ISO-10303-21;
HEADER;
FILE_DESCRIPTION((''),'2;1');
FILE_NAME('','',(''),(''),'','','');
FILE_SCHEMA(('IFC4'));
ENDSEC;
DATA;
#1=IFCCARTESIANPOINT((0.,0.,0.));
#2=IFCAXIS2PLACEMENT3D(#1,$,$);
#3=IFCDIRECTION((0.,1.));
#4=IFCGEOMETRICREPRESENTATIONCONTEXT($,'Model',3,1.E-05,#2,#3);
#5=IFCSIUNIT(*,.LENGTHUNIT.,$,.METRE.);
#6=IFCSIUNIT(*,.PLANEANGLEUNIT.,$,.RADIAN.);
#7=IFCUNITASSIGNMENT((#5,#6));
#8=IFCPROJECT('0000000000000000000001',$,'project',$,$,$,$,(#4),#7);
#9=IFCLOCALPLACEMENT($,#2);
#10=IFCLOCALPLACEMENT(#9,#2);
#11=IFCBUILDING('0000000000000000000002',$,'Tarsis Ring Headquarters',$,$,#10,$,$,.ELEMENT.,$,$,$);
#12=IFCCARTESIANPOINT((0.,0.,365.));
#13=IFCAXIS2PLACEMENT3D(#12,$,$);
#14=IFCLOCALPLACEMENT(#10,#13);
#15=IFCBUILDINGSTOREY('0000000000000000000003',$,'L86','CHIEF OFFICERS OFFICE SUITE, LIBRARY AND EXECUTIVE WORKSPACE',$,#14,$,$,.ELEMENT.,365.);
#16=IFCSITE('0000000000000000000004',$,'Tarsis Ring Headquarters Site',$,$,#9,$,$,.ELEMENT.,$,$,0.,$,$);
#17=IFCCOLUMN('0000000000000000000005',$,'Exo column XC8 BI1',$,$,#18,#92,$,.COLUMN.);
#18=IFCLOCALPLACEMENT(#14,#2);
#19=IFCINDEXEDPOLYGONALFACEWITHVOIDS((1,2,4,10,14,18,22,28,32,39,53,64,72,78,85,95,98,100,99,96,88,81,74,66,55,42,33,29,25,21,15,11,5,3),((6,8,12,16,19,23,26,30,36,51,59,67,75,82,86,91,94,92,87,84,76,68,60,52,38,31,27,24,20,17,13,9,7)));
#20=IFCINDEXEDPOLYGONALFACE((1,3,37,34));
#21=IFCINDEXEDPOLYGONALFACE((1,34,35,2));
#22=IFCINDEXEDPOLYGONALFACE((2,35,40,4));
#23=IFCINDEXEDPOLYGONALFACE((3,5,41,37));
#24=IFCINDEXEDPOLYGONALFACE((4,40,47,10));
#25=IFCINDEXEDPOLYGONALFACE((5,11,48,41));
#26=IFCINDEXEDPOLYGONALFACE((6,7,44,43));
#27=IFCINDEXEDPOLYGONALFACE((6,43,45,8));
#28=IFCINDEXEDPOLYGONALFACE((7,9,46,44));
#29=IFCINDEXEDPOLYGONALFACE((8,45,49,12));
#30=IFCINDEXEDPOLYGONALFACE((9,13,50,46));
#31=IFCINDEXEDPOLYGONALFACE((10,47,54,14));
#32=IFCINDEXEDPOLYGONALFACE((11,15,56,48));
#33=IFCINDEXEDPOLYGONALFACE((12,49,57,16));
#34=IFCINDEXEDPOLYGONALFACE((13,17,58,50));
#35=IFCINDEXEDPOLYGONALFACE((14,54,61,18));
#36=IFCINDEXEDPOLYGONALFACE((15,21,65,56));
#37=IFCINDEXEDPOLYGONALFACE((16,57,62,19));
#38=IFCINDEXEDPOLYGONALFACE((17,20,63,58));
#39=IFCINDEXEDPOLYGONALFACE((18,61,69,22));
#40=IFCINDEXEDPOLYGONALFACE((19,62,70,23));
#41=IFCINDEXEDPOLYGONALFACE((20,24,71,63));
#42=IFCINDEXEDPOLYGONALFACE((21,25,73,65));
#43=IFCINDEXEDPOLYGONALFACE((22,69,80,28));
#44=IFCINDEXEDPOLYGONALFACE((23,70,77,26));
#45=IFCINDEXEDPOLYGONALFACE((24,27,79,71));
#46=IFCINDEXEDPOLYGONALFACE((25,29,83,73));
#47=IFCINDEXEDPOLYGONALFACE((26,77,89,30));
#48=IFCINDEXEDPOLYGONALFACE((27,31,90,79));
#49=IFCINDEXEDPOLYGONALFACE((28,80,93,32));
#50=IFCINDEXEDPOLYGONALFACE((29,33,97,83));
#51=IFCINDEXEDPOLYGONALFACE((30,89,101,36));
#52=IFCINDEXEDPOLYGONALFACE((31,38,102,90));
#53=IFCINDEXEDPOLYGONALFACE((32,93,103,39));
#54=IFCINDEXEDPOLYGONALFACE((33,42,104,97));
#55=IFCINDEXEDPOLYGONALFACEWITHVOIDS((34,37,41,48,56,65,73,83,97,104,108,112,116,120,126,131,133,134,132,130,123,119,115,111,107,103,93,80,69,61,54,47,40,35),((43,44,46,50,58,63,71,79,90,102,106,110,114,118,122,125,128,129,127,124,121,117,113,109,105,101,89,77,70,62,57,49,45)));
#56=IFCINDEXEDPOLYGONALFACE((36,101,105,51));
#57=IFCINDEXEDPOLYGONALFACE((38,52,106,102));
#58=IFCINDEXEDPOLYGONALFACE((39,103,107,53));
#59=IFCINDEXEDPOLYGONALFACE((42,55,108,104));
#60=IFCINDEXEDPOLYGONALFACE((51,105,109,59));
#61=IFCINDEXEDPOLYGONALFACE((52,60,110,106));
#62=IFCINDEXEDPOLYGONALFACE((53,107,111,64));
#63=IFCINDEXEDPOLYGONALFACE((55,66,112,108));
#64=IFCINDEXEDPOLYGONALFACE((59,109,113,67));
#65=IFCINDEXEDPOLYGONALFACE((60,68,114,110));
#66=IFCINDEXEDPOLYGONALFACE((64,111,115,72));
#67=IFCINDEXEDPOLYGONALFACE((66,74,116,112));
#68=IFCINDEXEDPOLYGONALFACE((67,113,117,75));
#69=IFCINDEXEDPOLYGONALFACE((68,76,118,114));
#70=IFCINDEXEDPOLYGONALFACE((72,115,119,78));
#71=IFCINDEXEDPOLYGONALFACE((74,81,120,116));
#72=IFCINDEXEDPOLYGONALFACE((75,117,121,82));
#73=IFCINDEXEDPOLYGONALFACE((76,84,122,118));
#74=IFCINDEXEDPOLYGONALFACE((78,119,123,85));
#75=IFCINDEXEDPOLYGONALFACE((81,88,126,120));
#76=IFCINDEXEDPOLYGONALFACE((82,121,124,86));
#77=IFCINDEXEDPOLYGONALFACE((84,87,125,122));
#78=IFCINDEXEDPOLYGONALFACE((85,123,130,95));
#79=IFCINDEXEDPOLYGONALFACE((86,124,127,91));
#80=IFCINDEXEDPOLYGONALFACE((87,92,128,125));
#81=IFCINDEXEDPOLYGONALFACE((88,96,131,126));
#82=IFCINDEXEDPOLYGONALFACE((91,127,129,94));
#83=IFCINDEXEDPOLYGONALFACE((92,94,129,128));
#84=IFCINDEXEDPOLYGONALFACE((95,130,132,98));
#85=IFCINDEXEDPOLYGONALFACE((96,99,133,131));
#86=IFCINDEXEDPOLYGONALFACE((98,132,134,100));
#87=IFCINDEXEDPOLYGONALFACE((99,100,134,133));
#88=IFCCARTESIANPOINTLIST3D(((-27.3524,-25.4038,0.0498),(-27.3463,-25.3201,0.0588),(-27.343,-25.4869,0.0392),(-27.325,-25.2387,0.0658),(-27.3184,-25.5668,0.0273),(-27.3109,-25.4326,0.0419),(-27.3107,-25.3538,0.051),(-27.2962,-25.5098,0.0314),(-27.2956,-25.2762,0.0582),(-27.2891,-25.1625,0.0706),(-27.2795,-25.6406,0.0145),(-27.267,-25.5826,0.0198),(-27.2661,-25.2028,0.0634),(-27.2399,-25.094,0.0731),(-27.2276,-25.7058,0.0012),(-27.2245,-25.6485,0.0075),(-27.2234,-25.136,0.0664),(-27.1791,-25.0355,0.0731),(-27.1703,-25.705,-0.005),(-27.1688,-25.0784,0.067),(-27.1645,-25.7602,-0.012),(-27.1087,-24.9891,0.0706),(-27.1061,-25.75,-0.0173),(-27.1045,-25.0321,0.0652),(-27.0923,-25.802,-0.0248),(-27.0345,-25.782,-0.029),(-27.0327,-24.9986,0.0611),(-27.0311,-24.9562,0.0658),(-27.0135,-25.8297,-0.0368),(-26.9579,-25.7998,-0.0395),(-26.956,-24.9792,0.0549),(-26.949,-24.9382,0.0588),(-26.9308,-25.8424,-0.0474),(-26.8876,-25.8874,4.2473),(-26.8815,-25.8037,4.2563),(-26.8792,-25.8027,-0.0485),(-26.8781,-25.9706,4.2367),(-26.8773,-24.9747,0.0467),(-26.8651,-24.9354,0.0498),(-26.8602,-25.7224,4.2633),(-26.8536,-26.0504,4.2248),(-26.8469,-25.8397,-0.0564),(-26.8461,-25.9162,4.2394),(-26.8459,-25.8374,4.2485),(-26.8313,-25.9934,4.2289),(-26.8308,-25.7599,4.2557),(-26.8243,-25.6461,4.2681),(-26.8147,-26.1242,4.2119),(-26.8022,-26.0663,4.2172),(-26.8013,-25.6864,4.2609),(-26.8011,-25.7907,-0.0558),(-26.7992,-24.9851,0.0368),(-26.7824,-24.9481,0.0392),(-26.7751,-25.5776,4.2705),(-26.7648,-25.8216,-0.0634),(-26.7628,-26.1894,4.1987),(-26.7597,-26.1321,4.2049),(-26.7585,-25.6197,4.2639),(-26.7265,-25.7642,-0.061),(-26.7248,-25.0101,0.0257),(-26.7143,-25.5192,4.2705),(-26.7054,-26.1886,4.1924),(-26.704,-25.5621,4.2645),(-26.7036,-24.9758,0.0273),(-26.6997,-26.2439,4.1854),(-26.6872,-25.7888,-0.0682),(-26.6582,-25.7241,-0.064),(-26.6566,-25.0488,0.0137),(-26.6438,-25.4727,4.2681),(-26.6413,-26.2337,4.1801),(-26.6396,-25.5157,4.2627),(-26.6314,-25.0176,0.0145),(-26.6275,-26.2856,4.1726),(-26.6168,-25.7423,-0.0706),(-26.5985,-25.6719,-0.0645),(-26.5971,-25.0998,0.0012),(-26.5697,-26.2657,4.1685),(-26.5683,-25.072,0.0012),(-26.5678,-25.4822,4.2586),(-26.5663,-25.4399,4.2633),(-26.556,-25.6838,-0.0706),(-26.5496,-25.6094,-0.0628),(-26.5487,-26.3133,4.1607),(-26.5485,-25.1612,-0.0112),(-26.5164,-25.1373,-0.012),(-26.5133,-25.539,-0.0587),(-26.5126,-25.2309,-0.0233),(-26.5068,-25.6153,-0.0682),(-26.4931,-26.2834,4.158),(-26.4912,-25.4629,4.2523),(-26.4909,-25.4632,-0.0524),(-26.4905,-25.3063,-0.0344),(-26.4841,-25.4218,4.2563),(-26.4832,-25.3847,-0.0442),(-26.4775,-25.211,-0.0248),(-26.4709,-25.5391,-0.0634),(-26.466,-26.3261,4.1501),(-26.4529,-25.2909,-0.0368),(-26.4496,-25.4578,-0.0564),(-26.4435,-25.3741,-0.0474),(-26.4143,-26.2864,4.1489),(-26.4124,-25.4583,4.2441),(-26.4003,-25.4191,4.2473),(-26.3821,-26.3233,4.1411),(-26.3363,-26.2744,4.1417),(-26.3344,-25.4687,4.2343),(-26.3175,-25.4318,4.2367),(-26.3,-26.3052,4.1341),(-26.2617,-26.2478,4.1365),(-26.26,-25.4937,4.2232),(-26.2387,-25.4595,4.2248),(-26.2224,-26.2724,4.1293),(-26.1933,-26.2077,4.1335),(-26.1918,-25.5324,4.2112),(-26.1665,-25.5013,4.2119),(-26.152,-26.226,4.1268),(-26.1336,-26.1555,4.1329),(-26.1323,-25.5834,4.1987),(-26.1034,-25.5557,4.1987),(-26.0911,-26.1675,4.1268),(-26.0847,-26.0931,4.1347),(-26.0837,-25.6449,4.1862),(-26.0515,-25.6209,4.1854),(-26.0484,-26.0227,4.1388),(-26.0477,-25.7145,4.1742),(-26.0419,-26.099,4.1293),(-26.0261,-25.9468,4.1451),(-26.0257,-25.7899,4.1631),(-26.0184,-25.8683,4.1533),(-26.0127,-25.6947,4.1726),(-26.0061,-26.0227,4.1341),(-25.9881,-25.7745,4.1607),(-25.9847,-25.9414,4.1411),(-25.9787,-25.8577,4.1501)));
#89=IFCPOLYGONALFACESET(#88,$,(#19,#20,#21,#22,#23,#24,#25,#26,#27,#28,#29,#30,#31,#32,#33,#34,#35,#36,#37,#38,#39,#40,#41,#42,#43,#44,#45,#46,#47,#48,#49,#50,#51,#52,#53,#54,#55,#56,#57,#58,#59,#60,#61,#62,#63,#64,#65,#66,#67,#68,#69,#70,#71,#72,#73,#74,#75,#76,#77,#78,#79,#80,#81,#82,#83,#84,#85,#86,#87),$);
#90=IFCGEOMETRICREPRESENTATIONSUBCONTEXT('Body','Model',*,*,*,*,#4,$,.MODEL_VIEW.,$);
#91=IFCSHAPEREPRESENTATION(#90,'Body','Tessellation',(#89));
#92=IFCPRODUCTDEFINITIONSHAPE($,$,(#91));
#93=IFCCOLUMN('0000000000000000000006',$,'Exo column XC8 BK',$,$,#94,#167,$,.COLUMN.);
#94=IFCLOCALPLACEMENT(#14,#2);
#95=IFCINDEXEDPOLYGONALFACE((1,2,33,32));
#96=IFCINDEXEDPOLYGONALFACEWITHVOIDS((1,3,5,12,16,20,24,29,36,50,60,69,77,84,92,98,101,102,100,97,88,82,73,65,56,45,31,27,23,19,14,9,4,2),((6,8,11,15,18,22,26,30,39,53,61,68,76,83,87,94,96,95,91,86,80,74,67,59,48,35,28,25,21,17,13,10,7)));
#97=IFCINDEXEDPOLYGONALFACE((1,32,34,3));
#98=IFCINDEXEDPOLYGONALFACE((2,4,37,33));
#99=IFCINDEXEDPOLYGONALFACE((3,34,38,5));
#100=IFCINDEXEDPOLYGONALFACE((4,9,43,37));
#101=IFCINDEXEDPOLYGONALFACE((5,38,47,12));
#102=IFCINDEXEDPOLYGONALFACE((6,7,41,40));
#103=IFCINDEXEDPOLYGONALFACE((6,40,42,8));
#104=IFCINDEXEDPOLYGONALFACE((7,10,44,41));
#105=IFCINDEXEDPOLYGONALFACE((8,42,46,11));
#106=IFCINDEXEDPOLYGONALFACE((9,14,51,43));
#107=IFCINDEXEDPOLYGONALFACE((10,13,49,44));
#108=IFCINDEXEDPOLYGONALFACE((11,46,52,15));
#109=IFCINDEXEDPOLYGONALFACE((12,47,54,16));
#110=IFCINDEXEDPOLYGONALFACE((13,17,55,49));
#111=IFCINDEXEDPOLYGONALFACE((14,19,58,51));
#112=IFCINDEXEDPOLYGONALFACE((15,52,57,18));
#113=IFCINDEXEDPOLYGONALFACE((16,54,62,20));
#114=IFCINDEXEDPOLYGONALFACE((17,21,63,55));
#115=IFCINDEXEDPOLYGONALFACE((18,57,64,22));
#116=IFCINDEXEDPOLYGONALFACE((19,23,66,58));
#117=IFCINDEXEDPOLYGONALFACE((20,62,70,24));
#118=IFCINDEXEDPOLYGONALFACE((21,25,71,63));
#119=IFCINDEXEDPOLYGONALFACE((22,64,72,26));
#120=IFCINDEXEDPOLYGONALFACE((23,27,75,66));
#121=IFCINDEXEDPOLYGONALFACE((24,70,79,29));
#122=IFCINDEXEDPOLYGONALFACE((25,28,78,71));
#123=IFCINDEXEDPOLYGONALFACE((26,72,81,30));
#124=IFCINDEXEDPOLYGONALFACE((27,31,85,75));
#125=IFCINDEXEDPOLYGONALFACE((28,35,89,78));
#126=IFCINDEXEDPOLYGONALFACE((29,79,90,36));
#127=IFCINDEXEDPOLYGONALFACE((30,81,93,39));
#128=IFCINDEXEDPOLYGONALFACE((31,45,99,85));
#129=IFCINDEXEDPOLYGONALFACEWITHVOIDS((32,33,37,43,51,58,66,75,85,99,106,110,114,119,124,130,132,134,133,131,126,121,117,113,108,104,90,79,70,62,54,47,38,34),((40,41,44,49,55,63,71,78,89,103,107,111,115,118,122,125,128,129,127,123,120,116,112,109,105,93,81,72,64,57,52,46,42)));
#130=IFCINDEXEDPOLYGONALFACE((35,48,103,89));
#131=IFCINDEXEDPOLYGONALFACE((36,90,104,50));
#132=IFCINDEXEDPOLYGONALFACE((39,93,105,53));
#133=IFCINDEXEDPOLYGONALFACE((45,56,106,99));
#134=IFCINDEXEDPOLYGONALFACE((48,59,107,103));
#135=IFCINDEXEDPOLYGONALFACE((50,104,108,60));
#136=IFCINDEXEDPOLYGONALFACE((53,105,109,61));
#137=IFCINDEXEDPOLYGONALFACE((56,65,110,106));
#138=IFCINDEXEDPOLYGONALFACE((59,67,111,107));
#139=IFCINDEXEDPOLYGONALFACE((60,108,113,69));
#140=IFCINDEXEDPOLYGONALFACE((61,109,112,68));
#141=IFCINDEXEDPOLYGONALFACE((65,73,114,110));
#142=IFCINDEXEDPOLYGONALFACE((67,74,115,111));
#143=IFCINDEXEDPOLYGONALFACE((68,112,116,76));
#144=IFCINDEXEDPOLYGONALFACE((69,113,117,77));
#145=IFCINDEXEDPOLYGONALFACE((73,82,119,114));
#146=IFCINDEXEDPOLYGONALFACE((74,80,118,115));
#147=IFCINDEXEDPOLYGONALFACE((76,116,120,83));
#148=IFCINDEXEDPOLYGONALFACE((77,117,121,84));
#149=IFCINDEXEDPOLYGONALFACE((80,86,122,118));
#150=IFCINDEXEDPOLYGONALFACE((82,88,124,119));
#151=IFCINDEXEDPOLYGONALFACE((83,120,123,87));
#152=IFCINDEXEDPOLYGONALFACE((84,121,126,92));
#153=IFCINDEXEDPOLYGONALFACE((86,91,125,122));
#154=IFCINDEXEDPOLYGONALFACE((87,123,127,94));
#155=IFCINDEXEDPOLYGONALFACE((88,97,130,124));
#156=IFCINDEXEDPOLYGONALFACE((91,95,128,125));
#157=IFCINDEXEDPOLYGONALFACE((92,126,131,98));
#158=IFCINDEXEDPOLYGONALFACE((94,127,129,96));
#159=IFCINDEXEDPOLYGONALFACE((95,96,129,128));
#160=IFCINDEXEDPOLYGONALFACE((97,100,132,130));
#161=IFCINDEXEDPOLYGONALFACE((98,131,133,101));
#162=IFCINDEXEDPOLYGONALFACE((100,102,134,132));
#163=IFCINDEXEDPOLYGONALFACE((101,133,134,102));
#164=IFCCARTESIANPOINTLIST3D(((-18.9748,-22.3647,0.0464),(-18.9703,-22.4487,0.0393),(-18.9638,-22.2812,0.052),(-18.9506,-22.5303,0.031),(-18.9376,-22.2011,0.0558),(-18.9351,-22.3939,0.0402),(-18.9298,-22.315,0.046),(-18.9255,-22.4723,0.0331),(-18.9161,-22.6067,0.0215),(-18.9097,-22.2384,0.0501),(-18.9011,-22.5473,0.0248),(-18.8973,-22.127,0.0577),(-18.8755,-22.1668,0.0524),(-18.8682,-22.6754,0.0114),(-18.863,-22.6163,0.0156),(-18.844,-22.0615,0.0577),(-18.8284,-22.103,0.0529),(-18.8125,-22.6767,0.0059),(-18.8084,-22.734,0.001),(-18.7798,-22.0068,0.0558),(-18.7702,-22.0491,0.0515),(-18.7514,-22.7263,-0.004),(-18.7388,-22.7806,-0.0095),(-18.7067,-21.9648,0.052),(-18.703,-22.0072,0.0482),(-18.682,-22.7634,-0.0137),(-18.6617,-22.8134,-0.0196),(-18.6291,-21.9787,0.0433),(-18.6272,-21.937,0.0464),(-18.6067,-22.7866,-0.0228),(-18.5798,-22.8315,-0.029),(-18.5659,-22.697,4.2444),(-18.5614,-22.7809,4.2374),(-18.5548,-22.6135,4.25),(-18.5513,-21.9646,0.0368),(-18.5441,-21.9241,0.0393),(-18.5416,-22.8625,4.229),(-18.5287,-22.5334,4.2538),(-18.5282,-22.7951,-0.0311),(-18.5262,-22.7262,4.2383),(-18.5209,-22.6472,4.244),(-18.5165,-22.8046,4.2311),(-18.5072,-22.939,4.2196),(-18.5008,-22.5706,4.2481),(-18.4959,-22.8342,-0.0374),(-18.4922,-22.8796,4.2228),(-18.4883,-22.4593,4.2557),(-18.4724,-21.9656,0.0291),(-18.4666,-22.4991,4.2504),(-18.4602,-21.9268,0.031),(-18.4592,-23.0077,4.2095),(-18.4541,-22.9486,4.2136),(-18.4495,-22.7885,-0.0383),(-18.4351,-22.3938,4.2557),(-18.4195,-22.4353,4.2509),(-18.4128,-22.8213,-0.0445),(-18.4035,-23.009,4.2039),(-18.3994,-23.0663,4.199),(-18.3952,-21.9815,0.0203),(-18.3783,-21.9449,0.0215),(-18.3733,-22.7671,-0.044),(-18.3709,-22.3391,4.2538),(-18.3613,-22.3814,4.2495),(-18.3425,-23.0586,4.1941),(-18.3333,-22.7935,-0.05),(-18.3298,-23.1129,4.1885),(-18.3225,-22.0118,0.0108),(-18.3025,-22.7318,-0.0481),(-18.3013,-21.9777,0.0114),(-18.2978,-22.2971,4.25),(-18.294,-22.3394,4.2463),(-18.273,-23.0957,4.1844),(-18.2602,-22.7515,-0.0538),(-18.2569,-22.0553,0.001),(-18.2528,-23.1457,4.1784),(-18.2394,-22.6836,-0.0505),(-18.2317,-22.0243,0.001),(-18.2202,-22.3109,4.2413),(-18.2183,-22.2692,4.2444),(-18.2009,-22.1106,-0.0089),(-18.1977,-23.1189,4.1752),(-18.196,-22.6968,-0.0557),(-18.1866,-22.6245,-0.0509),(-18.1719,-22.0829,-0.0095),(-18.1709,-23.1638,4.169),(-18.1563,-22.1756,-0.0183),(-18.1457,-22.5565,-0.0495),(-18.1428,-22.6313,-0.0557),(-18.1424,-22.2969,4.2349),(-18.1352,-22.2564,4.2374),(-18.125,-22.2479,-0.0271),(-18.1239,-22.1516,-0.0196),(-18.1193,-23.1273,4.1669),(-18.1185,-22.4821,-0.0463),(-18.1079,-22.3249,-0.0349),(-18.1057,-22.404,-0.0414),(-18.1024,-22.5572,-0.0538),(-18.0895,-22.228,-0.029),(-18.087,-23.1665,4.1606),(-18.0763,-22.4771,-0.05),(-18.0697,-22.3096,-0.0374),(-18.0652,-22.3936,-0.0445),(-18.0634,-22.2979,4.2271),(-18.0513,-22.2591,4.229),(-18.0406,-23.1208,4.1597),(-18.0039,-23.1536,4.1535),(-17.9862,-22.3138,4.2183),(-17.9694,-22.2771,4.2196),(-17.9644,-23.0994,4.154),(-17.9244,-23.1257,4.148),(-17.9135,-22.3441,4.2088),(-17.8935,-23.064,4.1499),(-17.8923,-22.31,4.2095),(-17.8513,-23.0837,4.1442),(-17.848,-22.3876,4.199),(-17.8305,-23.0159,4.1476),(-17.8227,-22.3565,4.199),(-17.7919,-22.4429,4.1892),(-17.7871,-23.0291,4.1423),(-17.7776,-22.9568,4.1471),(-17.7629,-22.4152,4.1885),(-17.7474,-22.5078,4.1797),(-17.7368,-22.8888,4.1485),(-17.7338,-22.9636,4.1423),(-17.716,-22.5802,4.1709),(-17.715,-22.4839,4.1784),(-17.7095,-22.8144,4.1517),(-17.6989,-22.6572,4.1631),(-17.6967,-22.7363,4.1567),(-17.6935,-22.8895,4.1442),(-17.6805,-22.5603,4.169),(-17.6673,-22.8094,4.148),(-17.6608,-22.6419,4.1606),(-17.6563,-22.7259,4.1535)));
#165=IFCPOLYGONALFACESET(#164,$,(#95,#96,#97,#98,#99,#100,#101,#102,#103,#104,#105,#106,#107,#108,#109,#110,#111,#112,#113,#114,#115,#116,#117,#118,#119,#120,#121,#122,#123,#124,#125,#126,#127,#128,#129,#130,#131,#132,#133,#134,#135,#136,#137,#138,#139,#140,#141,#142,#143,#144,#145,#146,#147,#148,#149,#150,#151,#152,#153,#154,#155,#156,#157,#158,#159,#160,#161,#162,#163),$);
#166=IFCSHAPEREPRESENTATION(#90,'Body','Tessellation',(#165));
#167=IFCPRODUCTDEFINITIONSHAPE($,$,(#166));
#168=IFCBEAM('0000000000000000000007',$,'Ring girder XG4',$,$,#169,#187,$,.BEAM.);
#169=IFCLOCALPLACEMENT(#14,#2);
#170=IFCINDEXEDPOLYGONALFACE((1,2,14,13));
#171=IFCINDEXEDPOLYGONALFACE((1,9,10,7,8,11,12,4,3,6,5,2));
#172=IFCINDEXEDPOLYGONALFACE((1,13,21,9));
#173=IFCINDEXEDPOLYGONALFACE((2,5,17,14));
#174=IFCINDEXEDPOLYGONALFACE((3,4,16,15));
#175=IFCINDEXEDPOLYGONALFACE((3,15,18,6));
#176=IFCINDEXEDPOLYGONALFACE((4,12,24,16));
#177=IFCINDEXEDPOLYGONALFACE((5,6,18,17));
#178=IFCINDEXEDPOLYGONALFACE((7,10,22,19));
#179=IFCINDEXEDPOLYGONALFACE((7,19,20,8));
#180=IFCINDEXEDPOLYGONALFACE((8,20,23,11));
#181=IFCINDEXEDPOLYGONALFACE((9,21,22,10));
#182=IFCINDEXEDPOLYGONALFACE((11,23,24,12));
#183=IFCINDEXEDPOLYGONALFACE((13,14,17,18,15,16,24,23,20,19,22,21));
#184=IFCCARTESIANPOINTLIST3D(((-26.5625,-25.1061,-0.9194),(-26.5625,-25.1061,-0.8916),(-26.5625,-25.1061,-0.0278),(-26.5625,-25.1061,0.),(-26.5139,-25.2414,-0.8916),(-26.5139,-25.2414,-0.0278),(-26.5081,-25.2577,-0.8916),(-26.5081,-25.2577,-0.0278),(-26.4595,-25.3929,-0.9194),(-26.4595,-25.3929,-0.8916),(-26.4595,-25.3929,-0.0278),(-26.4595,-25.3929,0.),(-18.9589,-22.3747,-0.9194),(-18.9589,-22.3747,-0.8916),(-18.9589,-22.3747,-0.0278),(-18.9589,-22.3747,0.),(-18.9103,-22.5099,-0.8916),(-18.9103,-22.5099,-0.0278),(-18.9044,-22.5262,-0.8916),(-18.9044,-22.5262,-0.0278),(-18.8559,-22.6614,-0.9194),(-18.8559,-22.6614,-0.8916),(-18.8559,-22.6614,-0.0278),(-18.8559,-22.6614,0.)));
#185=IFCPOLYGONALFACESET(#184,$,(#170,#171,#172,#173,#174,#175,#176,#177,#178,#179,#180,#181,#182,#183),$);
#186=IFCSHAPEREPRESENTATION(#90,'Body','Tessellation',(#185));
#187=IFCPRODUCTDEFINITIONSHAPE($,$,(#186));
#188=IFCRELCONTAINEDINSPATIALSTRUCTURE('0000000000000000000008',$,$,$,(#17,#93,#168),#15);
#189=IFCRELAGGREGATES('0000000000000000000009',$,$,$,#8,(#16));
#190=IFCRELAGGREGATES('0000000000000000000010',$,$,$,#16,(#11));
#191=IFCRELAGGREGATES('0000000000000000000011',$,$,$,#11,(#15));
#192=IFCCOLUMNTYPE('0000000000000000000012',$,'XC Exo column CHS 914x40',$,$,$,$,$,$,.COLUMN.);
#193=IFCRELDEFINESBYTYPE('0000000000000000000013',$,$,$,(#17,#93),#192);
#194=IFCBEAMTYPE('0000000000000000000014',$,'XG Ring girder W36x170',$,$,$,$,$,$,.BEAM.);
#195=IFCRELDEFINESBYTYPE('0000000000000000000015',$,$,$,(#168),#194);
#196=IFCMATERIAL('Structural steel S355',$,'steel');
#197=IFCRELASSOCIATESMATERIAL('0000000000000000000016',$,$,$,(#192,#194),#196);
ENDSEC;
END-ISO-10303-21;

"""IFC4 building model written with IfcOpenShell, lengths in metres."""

from ifc_helpers import new_model, si_unit, direction, frame, origin, origin_2d, place, context, subcontext, project, spatial, hollow_circle, i_section, extrude, material, material_profile, profile_set, type_object, element, save


model = new_model("IFC4")

# Units and contexts
model_context = context("Model", 3, precision=1e-05, world=origin(), true_north=direction((0.0, 1.0)))
body_context = subcontext(model_context, "Body", "Model", "MODEL_VIEW")
ifc_project = project(units=[si_unit("LENGTHUNIT", "METRE"), si_unit("PLANEANGLEUNIT", "RADIAN")], contexts=[model_context])

# Site, building, storey
site_placement = place(None, origin())
site = spatial("IfcSite", under=ifc_project, at=site_placement, Name="Tarsis Ring Headquarters Site", CompositionType="ELEMENT", RefElevation=0.0)
building_placement = place(site_placement, origin())
building = spatial("IfcBuilding", under=site, at=building_placement, Name="Tarsis Ring Headquarters", CompositionType="ELEMENT")
storey_placement = place(building_placement, frame((0.0, 0.0, 365.0)))
storey = spatial("IfcBuildingStorey", under=building, at=storey_placement, Name="L86", Description="CHIEF OFFICERS OFFICE SUITE, LIBRARY AND EXECUTIVE WORKSPACE", CompositionType="ELEMENT", Elevation=365.0)

# Columns
ifc_material_1 = material(Name="Structural steel S355", Category="steel")
ifc_material_profile_1 = material_profile(ifc_material_1, hollow_circle(Radius=0.457, WallThickness=0.04, at=origin_2d()), Name="CHS 914x40")
ifc_profile_set_1 = profile_set([ifc_material_profile_1], Name="Structural steel S355")
column_type = type_object("IfcColumnType", Name="XC Exo column CHS 914x40", PredefinedType="COLUMN", material=ifc_profile_set_1)
column_1_placement = place(storey_placement, frame((-26.8979, -25.3889, 0.0012), z_axis=(0.109355, -0.113778, 0.98747), x_axis=(0.72098, 0.692956, 0.0)))
element("IfcColumn", 1, at=column_1_placement, inside=storey, type_object=column_type, Name="Exo column XC8 BI1", PredefinedType="COLUMN", context=body_context, shape_type="SweptSolid", body=[
    extrude(hollow_circle(Radius=0.4573, WallThickness=0.04, at=origin_2d()), origin(), (0.0, 0.0, 1.0), 4.2507),
])
column_2_placement = place(storey_placement, frame((-18.52, -22.3792, 0.001), z_axis=(0.096654, -0.078535, 0.992215), x_axis=(0.63061, 0.7761, 0.0)))
element("IfcColumn", 2, at=column_2_placement, inside=storey, type_object=column_type, Name="Exo column XC8 BK", PredefinedType="COLUMN", context=body_context, shape_type="SweptSolid", body=[
    extrude(hollow_circle(Radius=0.4573, WallThickness=0.04, at=origin_2d()), origin(), (0.0, 0.0, 1.0), 4.231),
])

# Beam
ifc_material_profile_2 = material_profile(ifc_material_1, i_section(OverallWidth=0.3047, OverallDepth=0.9194, WebThickness=0.0173, FlangeThickness=0.0278, at=origin_2d()), Name="W36x170")
ifc_profile_set_2 = profile_set([ifc_material_profile_2], Name="Structural steel S355")
beam_type = type_object("IfcBeamType", Name="XG Ring girder W36x170", PredefinedType="BEAM", material=ifc_profile_set_2)
beam_1_placement = place(storey_placement, frame((-26.511, -25.2495, -0.4597), z_axis=(0.941117, 0.338082, 0.0), x_axis=(-0.338082, 0.941117, 0.0)))
element("IfcBeam", 3, at=beam_1_placement, inside=storey, type_object=beam_type, Name="Ring girder XG4", PredefinedType="BEAM", context=body_context, shape_type="SweptSolid", body=[
    extrude(i_section(OverallWidth=0.3047, OverallDepth=0.9194, WebThickness=0.0173, FlangeThickness=0.0278, at=origin_2d()), origin(), (0.0, 0.0, 1.0), 8.0793),
])

save(model, "model.ifc")
